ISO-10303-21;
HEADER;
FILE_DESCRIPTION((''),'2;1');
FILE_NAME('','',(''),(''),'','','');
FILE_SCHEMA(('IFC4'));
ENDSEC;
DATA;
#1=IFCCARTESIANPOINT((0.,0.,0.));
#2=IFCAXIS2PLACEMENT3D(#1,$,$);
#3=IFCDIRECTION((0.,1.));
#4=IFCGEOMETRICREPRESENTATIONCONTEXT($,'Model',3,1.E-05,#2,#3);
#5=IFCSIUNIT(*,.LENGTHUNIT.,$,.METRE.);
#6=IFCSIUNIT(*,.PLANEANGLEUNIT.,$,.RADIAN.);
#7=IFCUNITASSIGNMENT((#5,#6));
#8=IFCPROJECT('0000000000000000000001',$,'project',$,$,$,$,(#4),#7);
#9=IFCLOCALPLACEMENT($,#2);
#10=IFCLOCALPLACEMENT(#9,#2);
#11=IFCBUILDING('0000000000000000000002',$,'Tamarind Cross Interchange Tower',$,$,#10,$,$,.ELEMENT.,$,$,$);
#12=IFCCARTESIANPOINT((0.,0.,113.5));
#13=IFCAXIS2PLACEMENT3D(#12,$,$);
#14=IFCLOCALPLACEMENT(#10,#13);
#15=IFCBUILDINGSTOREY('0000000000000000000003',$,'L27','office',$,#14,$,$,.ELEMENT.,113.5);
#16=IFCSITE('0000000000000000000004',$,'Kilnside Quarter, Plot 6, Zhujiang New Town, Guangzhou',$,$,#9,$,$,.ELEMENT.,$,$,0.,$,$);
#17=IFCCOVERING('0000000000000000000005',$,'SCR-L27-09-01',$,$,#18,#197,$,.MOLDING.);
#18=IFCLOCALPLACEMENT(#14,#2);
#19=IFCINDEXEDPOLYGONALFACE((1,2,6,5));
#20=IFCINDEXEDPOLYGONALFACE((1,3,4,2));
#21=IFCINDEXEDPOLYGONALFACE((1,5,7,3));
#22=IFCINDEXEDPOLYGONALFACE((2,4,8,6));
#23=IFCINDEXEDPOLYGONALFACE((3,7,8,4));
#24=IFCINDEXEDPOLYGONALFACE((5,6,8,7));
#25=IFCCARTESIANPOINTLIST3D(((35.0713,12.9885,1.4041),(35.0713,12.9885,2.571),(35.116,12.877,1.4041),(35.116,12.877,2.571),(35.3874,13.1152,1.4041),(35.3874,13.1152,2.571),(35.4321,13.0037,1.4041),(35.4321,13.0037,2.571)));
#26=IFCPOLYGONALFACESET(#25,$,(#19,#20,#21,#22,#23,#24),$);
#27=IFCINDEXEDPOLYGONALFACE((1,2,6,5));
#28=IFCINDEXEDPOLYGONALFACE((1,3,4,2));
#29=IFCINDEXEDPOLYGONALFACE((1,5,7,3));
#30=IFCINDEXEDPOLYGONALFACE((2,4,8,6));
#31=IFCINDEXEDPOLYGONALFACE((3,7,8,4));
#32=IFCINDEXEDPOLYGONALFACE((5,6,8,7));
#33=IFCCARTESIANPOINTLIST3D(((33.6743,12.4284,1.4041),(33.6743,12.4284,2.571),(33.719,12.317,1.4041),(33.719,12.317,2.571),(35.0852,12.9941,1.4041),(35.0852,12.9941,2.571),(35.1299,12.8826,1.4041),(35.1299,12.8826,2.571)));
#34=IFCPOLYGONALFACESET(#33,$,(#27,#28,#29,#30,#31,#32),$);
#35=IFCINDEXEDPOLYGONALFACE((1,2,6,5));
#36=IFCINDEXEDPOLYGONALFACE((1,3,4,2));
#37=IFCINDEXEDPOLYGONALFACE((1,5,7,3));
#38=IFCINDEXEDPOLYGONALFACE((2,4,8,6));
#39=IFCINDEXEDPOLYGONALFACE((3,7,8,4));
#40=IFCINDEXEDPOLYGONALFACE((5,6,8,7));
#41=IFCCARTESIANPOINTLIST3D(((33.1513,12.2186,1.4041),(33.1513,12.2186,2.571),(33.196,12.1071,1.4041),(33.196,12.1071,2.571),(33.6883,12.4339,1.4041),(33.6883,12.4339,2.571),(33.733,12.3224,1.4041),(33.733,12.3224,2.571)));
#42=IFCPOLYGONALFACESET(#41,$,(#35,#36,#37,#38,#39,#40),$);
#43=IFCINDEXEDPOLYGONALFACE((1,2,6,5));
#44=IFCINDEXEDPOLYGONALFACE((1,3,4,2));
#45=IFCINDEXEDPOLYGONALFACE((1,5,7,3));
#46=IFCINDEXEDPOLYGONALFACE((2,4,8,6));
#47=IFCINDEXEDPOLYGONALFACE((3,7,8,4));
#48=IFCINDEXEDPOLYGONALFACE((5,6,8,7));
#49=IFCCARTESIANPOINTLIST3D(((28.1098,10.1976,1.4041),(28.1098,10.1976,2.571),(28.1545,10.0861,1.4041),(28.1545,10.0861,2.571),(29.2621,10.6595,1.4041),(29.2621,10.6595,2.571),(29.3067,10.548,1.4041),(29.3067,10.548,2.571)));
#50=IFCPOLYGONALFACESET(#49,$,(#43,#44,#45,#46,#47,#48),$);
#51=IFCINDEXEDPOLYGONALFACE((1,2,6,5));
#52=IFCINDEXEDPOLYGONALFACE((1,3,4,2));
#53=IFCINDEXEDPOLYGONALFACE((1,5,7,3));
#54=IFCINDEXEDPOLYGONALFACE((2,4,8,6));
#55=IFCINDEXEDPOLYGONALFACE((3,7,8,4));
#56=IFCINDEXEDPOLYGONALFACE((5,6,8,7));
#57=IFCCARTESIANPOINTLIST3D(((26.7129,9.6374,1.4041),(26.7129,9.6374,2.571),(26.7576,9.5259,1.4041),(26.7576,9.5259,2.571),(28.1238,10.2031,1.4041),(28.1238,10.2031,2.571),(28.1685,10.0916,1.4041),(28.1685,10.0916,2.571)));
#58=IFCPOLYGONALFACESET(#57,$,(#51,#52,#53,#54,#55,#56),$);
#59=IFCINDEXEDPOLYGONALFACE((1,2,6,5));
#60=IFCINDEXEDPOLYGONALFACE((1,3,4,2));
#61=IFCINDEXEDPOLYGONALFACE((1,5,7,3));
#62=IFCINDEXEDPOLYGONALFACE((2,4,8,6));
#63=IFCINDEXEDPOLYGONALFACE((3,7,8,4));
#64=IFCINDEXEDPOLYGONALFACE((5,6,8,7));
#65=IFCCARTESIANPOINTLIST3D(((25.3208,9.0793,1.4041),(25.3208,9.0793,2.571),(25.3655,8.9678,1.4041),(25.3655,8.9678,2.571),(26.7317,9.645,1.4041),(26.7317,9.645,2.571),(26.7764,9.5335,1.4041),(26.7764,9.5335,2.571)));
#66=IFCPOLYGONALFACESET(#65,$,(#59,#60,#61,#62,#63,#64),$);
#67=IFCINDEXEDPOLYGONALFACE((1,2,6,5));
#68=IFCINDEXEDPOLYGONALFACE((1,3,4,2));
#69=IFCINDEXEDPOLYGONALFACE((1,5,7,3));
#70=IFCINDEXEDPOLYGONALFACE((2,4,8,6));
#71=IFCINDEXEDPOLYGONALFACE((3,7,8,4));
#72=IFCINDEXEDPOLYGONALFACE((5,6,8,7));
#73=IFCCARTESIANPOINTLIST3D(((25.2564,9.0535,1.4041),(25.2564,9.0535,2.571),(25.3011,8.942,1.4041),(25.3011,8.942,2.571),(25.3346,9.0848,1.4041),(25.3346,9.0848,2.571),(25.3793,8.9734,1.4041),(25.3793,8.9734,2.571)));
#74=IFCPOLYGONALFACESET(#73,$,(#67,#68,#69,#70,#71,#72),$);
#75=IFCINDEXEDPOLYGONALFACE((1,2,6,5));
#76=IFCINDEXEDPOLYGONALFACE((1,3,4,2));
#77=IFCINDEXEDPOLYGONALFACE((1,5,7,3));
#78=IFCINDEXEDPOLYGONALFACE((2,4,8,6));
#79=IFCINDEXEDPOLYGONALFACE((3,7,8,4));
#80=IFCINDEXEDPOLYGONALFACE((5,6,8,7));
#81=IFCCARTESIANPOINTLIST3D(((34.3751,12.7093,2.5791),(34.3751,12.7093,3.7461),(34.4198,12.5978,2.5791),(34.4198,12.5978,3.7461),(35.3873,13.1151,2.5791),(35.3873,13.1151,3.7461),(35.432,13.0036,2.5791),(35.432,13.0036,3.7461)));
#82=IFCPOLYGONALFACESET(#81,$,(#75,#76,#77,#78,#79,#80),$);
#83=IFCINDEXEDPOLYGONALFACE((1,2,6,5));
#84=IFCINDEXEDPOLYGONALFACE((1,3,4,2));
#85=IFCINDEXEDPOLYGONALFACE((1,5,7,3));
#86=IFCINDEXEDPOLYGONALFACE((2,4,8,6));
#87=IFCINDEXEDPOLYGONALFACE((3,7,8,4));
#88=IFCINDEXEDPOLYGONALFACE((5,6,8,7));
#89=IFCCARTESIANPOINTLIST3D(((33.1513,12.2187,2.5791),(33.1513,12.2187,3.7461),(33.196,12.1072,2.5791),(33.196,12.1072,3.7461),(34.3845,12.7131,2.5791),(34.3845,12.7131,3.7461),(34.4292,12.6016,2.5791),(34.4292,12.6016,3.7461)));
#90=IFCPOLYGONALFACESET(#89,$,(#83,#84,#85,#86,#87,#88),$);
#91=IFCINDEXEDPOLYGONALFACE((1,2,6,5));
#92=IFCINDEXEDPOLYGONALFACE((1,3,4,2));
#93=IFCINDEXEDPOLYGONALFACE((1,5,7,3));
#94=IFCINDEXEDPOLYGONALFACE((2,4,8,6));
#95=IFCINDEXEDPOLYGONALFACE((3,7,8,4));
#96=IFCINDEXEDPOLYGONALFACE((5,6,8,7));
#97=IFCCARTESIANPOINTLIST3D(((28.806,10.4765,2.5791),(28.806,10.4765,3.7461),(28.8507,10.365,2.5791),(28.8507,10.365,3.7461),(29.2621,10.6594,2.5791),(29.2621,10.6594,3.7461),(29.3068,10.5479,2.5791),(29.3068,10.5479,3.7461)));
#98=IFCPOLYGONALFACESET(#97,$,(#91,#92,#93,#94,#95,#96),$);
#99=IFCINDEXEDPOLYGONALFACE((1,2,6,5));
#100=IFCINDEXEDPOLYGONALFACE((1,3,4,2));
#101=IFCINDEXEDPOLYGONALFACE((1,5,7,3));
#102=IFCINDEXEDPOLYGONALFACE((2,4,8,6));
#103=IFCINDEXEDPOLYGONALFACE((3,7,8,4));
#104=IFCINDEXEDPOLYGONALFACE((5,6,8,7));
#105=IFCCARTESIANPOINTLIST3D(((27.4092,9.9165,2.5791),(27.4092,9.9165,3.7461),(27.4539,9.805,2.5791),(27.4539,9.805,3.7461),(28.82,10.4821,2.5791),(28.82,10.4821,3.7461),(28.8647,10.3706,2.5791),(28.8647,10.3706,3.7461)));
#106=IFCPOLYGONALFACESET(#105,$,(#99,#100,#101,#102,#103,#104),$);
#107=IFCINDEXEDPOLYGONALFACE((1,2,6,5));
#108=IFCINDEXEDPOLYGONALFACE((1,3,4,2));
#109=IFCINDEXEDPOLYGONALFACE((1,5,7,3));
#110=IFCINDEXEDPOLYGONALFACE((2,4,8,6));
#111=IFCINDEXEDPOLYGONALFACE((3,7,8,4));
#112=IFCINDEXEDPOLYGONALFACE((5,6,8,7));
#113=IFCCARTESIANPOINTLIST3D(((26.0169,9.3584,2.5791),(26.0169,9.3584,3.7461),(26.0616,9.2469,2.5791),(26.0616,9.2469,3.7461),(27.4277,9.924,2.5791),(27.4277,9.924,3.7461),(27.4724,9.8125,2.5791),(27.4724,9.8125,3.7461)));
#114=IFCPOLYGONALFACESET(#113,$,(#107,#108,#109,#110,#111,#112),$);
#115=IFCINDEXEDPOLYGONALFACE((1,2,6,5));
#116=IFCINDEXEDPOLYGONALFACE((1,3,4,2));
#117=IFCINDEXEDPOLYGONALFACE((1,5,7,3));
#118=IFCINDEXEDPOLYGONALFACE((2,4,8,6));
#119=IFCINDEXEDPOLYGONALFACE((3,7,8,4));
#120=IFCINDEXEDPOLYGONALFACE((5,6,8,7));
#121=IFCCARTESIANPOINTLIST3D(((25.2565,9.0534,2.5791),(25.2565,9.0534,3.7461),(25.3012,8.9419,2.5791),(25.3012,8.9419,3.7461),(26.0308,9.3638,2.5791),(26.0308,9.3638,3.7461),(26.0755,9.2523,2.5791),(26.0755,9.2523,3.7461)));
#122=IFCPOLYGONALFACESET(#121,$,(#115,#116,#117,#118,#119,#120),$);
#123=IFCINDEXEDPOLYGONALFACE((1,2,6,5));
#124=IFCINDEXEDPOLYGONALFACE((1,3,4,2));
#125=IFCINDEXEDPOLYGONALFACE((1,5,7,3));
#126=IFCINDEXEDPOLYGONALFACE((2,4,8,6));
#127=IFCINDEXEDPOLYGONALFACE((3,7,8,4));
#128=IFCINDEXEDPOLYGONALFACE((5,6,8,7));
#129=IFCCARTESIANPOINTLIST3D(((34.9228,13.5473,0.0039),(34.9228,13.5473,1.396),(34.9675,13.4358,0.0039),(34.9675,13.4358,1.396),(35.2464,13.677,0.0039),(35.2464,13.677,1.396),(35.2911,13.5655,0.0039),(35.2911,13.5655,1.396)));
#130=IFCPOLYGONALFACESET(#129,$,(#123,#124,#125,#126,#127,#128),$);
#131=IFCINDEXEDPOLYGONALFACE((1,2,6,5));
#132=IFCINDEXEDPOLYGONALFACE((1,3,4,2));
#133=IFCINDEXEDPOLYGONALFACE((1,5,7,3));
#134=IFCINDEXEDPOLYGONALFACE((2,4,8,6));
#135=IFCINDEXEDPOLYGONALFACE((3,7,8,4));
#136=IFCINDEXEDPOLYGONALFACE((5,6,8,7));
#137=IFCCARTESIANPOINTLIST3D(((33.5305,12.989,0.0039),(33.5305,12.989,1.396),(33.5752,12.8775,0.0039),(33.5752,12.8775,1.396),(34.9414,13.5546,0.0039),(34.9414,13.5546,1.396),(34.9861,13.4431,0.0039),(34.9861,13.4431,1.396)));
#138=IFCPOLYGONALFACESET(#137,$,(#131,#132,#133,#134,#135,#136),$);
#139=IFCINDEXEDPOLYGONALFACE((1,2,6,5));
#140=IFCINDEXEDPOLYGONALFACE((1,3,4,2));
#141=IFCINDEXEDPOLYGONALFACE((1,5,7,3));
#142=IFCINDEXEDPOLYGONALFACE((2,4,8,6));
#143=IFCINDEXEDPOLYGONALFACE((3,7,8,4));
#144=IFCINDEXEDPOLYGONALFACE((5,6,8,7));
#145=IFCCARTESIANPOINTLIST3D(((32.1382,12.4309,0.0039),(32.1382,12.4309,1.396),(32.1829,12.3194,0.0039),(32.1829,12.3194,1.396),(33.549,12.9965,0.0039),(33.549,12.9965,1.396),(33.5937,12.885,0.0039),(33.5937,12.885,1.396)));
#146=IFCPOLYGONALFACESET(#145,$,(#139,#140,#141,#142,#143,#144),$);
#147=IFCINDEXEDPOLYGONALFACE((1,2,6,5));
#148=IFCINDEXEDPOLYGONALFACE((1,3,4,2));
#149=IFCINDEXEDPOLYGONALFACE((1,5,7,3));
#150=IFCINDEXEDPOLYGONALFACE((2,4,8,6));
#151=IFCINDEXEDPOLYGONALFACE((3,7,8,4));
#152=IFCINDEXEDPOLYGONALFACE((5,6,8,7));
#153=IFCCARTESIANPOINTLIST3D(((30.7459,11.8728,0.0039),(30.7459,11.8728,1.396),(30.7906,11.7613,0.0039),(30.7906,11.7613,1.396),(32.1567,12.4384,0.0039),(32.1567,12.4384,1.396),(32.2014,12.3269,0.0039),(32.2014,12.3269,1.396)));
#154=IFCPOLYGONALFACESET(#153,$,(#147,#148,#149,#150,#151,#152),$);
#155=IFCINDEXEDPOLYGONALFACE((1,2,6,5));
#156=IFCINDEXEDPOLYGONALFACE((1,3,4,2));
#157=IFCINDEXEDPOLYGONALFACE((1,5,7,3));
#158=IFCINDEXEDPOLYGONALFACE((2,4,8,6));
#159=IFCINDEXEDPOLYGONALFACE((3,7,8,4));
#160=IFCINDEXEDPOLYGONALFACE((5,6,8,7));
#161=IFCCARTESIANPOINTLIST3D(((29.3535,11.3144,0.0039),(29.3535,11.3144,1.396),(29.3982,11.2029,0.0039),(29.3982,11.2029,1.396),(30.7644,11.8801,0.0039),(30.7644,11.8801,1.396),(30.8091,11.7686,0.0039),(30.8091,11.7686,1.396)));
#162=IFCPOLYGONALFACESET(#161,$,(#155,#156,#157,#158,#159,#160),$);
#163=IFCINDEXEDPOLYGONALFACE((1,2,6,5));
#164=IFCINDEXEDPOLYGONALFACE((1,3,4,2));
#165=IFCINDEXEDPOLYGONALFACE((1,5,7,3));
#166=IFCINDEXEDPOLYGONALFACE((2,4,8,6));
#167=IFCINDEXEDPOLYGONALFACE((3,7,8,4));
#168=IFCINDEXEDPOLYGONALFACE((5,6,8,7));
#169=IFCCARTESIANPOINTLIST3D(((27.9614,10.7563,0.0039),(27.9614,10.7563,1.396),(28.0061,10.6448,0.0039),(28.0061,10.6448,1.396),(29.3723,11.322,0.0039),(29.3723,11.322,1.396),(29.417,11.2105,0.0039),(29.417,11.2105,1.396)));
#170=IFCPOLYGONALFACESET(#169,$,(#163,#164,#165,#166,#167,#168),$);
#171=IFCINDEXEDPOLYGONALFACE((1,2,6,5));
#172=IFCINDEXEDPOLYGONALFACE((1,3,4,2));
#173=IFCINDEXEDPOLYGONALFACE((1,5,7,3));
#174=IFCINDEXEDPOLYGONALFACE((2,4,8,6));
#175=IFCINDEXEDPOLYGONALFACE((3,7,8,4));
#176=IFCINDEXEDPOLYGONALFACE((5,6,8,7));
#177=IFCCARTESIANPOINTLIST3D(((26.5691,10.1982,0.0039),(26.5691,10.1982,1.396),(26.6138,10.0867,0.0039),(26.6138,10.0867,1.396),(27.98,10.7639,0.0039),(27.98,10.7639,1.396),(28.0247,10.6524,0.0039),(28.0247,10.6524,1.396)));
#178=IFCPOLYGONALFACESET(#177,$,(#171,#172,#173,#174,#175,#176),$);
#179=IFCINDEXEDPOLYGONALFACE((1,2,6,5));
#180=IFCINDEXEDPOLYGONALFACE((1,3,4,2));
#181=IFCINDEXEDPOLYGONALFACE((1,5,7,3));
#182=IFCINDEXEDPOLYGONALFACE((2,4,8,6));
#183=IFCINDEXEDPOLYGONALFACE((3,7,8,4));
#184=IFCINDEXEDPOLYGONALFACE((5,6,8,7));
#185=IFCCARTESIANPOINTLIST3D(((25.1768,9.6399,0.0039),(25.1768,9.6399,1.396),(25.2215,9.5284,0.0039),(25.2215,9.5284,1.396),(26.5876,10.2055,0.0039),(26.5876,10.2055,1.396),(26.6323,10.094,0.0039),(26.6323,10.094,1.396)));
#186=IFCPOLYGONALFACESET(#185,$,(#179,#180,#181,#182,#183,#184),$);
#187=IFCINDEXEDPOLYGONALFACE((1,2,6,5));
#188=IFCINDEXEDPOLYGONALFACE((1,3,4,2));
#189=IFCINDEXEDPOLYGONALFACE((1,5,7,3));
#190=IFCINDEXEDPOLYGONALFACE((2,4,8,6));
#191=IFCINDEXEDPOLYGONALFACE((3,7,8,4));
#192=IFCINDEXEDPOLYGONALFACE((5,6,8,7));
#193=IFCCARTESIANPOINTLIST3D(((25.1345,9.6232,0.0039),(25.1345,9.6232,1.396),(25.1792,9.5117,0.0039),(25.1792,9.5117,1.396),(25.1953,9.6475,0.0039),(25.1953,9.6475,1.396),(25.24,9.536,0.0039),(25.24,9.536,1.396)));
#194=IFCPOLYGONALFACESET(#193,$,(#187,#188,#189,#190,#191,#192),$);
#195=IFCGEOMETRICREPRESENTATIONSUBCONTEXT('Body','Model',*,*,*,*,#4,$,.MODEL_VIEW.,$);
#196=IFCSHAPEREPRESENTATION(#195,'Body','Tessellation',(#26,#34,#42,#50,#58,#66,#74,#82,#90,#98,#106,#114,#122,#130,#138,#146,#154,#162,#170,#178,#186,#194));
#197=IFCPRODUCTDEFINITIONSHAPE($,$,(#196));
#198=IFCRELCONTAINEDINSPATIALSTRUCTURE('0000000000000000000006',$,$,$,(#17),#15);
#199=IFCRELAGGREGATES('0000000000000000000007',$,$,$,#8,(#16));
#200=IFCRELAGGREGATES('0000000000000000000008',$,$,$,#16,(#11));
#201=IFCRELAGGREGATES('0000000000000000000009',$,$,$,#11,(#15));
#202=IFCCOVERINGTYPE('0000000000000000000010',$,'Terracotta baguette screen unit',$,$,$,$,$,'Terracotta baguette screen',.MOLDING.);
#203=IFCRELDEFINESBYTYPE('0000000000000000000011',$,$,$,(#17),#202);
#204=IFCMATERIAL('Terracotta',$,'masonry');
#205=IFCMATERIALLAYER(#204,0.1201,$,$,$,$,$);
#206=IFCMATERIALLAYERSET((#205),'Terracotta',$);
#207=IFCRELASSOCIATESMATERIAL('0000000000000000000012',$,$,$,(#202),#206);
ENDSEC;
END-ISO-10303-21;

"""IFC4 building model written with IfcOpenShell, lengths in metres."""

from ifc_helpers import new_model, si_unit, direction, frame, origin, origin_2d, place, context, subcontext, project, spatial, rectangle, extrude, material, layer, layer_set, type_object, element, save


model = new_model("IFC4")

# Units and contexts
model_context = context("Model", 3, precision=1e-05, world=origin(), true_north=direction((0.0, 1.0)))
body_context = subcontext(model_context, "Body", "Model", "MODEL_VIEW")
ifc_project = project(units=[si_unit("LENGTHUNIT", "METRE"), si_unit("PLANEANGLEUNIT", "RADIAN")], contexts=[model_context])

# Site, building, storey
site_placement = place(None, origin())
site = spatial("IfcSite", under=ifc_project, at=site_placement, Name="Kilnside Quarter, Plot 6, Zhujiang New Town, Guangzhou", CompositionType="ELEMENT", RefElevation=0.0)
building_placement = place(site_placement, origin())
building = spatial("IfcBuilding", under=site, at=building_placement, Name="Tamarind Cross Interchange Tower", CompositionType="ELEMENT")
storey_placement = place(building_placement, frame((0.0, 0.0, 113.5)))
storey = spatial("IfcBuildingStorey", under=building, at=storey_placement, Name="L27", Description="office", CompositionType="ELEMENT", Elevation=113.5)

# Covering
ifc_material_1 = material(Name="Terracotta", Category="masonry")
ifc_layer_1 = layer(ifc_material_1, 0.1201)
ifc_layer_set_1 = layer_set([ifc_layer_1], Name="Terracotta")
covering_type = type_object("IfcCoveringType", Name="Terracotta baguette screen unit", ElementType="Terracotta baguette screen", PredefinedType="MOLDING", material=ifc_layer_set_1)
covering_1_placement = place(storey_placement, origin())
element("IfcCovering", 1, at=covering_1_placement, inside=storey, type_object=covering_type, Name="SCR-L27-09-01", PredefinedType="MOLDING", context=body_context, shape_type="SweptSolid", body=[
    extrude(rectangle(XDim=0.3406, YDim=0.1201, at=origin_2d()), frame((35.2517, 12.9961, 1.4041), z_axis=(0.0, 0.0, 1.0), x_axis=(-0.928183, -0.372124, 0.0)), (0.0, 0.0, 1.0), 1.167),
    extrude(rectangle(XDim=1.52, YDim=0.1201, at=origin_2d()), frame((34.4021, 12.6555, 1.4041), z_axis=(0.0, 0.0, 1.0), x_axis=(-0.928183, -0.372124, 0.0)), (0.0, 0.0, 1.0), 1.167),
    extrude(rectangle(XDim=0.5786, YDim=0.1201, at=origin_2d()), frame((33.4421, 12.2705, 1.4041), z_axis=(0.0, 0.0, 1.0), x_axis=(-0.928183, -0.372124, 0.0)), (0.0, 0.0, 1.0), 1.167),
    extrude(rectangle(XDim=1.2415, YDim=0.1201, at=origin_2d()), frame((28.7083, 10.3728, 1.4041), z_axis=(0.0, 0.0, 1.0), x_axis=(-0.928183, -0.372124, 0.0)), (0.0, 0.0, 1.0), 1.167),
    extrude(rectangle(XDim=1.52, YDim=0.1201, at=origin_2d()), frame((27.4407, 9.8645, 1.4041), z_axis=(0.0, 0.0, 1.0), x_axis=(-0.928183, -0.372124, 0.0)), (0.0, 0.0, 1.0), 1.167),
    extrude(rectangle(XDim=1.52, YDim=0.1201, at=origin_2d()), frame((26.0486, 9.3064, 1.4041), z_axis=(0.0, 0.0, 1.0), x_axis=(-0.928183, -0.372124, 0.0)), (0.0, 0.0, 1.0), 1.167),
    extrude(rectangle(XDim=0.0842, YDim=0.1201, at=origin_2d()), frame((25.3179, 9.0134, 1.4041), z_axis=(0.0, 0.0, 1.0), x_axis=(-0.928183, -0.372124, 0.0)), (0.0, 0.0, 1.0), 1.167),
    extrude(rectangle(XDim=1.0906, YDim=0.1201, at=origin_2d()), frame((34.9036, 12.8564, 2.5791), z_axis=(0.0, 0.0, 1.0), x_axis=(-0.928183, -0.372124, 0.0)), (0.0, 0.0, 1.0), 1.167),
    extrude(rectangle(XDim=1.3286, YDim=0.1201, at=origin_2d()), frame((33.7903, 12.4102, 2.5791), z_axis=(0.0, 0.0, 1.0), x_axis=(-0.928183, -0.372124, 0.0)), (0.0, 0.0, 1.0), 1.167),
    extrude(rectangle(XDim=0.4915, YDim=0.1201, at=origin_2d()), frame((29.0564, 10.5122, 2.5791), z_axis=(0.0, 0.0, 1.0), x_axis=(-0.928183, -0.372124, 0.0)), (0.0, 0.0, 1.0), 1.167),
    extrude(rectangle(XDim=1.52, YDim=0.1201, at=origin_2d()), frame((28.137, 10.1436, 2.5791), z_axis=(0.0, 0.0, 1.0), x_axis=(-0.928183, -0.372124, 0.0)), (0.0, 0.0, 1.0), 1.167),
    extrude(rectangle(XDim=1.52, YDim=0.1201, at=origin_2d()), frame((26.7446, 9.5854, 2.5791), z_axis=(0.0, 0.0, 1.0), x_axis=(-0.928183, -0.372124, 0.0)), (0.0, 0.0, 1.0), 1.167),
    extrude(rectangle(XDim=0.8342, YDim=0.1201, at=origin_2d()), frame((25.666, 9.1528, 2.5791), z_axis=(0.0, 0.0, 1.0), x_axis=(-0.928183, -0.372124, 0.0)), (0.0, 0.0, 1.0), 1.167),
    extrude(rectangle(XDim=0.3486, YDim=0.1201, at=origin_2d()), frame((35.1069, 13.5564, 0.0039), z_axis=(0.0, 0.0, 1.0), x_axis=(-0.928183, -0.372124, 0.0)), (0.0, 0.0, 1.0), 1.3921),
    extrude(rectangle(XDim=1.52, YDim=0.1201, at=origin_2d()), frame((34.2583, 13.2161, 0.0039), z_axis=(0.0, 0.0, 1.0), x_axis=(-0.928183, -0.372124, 0.0)), (0.0, 0.0, 1.0), 1.3921),
    extrude(rectangle(XDim=1.52, YDim=0.1201, at=origin_2d()), frame((32.866, 12.658, 0.0039), z_axis=(0.0, 0.0, 1.0), x_axis=(-0.928183, -0.372124, 0.0)), (0.0, 0.0, 1.0), 1.3921),
    extrude(rectangle(XDim=1.52, YDim=0.1201, at=origin_2d()), frame((31.4736, 12.0999, 0.0039), z_axis=(0.0, 0.0, 1.0), x_axis=(-0.928183, -0.372124, 0.0)), (0.0, 0.0, 1.0), 1.3921),
    extrude(rectangle(XDim=1.52, YDim=0.1201, at=origin_2d()), frame((30.0813, 11.5415, 0.0039), z_axis=(0.0, 0.0, 1.0), x_axis=(-0.928183, -0.372124, 0.0)), (0.0, 0.0, 1.0), 1.3921),
    extrude(rectangle(XDim=1.52, YDim=0.1201, at=origin_2d()), frame((28.6892, 10.9834, 0.0039), z_axis=(0.0, 0.0, 1.0), x_axis=(-0.928183, -0.372124, 0.0)), (0.0, 0.0, 1.0), 1.3921),
    extrude(rectangle(XDim=1.52, YDim=0.1201, at=origin_2d()), frame((27.2969, 10.4253, 0.0039), z_axis=(0.0, 0.0, 1.0), x_axis=(-0.928183, -0.372124, 0.0)), (0.0, 0.0, 1.0), 1.3921),
    extrude(rectangle(XDim=1.52, YDim=0.1201, at=origin_2d()), frame((25.9045, 9.8669, 0.0039), z_axis=(0.0, 0.0, 1.0), x_axis=(-0.928183, -0.372124, 0.0)), (0.0, 0.0, 1.0), 1.3921),
    extrude(rectangle(XDim=0.0654, YDim=0.1201, at=origin_2d()), frame((25.1873, 9.5796, 0.0039), z_axis=(0.0, 0.0, 1.0), x_axis=(-0.928183, -0.372124, 0.0)), (0.0, 0.0, 1.0), 1.3921),
])

save(model, "model.ifc")
